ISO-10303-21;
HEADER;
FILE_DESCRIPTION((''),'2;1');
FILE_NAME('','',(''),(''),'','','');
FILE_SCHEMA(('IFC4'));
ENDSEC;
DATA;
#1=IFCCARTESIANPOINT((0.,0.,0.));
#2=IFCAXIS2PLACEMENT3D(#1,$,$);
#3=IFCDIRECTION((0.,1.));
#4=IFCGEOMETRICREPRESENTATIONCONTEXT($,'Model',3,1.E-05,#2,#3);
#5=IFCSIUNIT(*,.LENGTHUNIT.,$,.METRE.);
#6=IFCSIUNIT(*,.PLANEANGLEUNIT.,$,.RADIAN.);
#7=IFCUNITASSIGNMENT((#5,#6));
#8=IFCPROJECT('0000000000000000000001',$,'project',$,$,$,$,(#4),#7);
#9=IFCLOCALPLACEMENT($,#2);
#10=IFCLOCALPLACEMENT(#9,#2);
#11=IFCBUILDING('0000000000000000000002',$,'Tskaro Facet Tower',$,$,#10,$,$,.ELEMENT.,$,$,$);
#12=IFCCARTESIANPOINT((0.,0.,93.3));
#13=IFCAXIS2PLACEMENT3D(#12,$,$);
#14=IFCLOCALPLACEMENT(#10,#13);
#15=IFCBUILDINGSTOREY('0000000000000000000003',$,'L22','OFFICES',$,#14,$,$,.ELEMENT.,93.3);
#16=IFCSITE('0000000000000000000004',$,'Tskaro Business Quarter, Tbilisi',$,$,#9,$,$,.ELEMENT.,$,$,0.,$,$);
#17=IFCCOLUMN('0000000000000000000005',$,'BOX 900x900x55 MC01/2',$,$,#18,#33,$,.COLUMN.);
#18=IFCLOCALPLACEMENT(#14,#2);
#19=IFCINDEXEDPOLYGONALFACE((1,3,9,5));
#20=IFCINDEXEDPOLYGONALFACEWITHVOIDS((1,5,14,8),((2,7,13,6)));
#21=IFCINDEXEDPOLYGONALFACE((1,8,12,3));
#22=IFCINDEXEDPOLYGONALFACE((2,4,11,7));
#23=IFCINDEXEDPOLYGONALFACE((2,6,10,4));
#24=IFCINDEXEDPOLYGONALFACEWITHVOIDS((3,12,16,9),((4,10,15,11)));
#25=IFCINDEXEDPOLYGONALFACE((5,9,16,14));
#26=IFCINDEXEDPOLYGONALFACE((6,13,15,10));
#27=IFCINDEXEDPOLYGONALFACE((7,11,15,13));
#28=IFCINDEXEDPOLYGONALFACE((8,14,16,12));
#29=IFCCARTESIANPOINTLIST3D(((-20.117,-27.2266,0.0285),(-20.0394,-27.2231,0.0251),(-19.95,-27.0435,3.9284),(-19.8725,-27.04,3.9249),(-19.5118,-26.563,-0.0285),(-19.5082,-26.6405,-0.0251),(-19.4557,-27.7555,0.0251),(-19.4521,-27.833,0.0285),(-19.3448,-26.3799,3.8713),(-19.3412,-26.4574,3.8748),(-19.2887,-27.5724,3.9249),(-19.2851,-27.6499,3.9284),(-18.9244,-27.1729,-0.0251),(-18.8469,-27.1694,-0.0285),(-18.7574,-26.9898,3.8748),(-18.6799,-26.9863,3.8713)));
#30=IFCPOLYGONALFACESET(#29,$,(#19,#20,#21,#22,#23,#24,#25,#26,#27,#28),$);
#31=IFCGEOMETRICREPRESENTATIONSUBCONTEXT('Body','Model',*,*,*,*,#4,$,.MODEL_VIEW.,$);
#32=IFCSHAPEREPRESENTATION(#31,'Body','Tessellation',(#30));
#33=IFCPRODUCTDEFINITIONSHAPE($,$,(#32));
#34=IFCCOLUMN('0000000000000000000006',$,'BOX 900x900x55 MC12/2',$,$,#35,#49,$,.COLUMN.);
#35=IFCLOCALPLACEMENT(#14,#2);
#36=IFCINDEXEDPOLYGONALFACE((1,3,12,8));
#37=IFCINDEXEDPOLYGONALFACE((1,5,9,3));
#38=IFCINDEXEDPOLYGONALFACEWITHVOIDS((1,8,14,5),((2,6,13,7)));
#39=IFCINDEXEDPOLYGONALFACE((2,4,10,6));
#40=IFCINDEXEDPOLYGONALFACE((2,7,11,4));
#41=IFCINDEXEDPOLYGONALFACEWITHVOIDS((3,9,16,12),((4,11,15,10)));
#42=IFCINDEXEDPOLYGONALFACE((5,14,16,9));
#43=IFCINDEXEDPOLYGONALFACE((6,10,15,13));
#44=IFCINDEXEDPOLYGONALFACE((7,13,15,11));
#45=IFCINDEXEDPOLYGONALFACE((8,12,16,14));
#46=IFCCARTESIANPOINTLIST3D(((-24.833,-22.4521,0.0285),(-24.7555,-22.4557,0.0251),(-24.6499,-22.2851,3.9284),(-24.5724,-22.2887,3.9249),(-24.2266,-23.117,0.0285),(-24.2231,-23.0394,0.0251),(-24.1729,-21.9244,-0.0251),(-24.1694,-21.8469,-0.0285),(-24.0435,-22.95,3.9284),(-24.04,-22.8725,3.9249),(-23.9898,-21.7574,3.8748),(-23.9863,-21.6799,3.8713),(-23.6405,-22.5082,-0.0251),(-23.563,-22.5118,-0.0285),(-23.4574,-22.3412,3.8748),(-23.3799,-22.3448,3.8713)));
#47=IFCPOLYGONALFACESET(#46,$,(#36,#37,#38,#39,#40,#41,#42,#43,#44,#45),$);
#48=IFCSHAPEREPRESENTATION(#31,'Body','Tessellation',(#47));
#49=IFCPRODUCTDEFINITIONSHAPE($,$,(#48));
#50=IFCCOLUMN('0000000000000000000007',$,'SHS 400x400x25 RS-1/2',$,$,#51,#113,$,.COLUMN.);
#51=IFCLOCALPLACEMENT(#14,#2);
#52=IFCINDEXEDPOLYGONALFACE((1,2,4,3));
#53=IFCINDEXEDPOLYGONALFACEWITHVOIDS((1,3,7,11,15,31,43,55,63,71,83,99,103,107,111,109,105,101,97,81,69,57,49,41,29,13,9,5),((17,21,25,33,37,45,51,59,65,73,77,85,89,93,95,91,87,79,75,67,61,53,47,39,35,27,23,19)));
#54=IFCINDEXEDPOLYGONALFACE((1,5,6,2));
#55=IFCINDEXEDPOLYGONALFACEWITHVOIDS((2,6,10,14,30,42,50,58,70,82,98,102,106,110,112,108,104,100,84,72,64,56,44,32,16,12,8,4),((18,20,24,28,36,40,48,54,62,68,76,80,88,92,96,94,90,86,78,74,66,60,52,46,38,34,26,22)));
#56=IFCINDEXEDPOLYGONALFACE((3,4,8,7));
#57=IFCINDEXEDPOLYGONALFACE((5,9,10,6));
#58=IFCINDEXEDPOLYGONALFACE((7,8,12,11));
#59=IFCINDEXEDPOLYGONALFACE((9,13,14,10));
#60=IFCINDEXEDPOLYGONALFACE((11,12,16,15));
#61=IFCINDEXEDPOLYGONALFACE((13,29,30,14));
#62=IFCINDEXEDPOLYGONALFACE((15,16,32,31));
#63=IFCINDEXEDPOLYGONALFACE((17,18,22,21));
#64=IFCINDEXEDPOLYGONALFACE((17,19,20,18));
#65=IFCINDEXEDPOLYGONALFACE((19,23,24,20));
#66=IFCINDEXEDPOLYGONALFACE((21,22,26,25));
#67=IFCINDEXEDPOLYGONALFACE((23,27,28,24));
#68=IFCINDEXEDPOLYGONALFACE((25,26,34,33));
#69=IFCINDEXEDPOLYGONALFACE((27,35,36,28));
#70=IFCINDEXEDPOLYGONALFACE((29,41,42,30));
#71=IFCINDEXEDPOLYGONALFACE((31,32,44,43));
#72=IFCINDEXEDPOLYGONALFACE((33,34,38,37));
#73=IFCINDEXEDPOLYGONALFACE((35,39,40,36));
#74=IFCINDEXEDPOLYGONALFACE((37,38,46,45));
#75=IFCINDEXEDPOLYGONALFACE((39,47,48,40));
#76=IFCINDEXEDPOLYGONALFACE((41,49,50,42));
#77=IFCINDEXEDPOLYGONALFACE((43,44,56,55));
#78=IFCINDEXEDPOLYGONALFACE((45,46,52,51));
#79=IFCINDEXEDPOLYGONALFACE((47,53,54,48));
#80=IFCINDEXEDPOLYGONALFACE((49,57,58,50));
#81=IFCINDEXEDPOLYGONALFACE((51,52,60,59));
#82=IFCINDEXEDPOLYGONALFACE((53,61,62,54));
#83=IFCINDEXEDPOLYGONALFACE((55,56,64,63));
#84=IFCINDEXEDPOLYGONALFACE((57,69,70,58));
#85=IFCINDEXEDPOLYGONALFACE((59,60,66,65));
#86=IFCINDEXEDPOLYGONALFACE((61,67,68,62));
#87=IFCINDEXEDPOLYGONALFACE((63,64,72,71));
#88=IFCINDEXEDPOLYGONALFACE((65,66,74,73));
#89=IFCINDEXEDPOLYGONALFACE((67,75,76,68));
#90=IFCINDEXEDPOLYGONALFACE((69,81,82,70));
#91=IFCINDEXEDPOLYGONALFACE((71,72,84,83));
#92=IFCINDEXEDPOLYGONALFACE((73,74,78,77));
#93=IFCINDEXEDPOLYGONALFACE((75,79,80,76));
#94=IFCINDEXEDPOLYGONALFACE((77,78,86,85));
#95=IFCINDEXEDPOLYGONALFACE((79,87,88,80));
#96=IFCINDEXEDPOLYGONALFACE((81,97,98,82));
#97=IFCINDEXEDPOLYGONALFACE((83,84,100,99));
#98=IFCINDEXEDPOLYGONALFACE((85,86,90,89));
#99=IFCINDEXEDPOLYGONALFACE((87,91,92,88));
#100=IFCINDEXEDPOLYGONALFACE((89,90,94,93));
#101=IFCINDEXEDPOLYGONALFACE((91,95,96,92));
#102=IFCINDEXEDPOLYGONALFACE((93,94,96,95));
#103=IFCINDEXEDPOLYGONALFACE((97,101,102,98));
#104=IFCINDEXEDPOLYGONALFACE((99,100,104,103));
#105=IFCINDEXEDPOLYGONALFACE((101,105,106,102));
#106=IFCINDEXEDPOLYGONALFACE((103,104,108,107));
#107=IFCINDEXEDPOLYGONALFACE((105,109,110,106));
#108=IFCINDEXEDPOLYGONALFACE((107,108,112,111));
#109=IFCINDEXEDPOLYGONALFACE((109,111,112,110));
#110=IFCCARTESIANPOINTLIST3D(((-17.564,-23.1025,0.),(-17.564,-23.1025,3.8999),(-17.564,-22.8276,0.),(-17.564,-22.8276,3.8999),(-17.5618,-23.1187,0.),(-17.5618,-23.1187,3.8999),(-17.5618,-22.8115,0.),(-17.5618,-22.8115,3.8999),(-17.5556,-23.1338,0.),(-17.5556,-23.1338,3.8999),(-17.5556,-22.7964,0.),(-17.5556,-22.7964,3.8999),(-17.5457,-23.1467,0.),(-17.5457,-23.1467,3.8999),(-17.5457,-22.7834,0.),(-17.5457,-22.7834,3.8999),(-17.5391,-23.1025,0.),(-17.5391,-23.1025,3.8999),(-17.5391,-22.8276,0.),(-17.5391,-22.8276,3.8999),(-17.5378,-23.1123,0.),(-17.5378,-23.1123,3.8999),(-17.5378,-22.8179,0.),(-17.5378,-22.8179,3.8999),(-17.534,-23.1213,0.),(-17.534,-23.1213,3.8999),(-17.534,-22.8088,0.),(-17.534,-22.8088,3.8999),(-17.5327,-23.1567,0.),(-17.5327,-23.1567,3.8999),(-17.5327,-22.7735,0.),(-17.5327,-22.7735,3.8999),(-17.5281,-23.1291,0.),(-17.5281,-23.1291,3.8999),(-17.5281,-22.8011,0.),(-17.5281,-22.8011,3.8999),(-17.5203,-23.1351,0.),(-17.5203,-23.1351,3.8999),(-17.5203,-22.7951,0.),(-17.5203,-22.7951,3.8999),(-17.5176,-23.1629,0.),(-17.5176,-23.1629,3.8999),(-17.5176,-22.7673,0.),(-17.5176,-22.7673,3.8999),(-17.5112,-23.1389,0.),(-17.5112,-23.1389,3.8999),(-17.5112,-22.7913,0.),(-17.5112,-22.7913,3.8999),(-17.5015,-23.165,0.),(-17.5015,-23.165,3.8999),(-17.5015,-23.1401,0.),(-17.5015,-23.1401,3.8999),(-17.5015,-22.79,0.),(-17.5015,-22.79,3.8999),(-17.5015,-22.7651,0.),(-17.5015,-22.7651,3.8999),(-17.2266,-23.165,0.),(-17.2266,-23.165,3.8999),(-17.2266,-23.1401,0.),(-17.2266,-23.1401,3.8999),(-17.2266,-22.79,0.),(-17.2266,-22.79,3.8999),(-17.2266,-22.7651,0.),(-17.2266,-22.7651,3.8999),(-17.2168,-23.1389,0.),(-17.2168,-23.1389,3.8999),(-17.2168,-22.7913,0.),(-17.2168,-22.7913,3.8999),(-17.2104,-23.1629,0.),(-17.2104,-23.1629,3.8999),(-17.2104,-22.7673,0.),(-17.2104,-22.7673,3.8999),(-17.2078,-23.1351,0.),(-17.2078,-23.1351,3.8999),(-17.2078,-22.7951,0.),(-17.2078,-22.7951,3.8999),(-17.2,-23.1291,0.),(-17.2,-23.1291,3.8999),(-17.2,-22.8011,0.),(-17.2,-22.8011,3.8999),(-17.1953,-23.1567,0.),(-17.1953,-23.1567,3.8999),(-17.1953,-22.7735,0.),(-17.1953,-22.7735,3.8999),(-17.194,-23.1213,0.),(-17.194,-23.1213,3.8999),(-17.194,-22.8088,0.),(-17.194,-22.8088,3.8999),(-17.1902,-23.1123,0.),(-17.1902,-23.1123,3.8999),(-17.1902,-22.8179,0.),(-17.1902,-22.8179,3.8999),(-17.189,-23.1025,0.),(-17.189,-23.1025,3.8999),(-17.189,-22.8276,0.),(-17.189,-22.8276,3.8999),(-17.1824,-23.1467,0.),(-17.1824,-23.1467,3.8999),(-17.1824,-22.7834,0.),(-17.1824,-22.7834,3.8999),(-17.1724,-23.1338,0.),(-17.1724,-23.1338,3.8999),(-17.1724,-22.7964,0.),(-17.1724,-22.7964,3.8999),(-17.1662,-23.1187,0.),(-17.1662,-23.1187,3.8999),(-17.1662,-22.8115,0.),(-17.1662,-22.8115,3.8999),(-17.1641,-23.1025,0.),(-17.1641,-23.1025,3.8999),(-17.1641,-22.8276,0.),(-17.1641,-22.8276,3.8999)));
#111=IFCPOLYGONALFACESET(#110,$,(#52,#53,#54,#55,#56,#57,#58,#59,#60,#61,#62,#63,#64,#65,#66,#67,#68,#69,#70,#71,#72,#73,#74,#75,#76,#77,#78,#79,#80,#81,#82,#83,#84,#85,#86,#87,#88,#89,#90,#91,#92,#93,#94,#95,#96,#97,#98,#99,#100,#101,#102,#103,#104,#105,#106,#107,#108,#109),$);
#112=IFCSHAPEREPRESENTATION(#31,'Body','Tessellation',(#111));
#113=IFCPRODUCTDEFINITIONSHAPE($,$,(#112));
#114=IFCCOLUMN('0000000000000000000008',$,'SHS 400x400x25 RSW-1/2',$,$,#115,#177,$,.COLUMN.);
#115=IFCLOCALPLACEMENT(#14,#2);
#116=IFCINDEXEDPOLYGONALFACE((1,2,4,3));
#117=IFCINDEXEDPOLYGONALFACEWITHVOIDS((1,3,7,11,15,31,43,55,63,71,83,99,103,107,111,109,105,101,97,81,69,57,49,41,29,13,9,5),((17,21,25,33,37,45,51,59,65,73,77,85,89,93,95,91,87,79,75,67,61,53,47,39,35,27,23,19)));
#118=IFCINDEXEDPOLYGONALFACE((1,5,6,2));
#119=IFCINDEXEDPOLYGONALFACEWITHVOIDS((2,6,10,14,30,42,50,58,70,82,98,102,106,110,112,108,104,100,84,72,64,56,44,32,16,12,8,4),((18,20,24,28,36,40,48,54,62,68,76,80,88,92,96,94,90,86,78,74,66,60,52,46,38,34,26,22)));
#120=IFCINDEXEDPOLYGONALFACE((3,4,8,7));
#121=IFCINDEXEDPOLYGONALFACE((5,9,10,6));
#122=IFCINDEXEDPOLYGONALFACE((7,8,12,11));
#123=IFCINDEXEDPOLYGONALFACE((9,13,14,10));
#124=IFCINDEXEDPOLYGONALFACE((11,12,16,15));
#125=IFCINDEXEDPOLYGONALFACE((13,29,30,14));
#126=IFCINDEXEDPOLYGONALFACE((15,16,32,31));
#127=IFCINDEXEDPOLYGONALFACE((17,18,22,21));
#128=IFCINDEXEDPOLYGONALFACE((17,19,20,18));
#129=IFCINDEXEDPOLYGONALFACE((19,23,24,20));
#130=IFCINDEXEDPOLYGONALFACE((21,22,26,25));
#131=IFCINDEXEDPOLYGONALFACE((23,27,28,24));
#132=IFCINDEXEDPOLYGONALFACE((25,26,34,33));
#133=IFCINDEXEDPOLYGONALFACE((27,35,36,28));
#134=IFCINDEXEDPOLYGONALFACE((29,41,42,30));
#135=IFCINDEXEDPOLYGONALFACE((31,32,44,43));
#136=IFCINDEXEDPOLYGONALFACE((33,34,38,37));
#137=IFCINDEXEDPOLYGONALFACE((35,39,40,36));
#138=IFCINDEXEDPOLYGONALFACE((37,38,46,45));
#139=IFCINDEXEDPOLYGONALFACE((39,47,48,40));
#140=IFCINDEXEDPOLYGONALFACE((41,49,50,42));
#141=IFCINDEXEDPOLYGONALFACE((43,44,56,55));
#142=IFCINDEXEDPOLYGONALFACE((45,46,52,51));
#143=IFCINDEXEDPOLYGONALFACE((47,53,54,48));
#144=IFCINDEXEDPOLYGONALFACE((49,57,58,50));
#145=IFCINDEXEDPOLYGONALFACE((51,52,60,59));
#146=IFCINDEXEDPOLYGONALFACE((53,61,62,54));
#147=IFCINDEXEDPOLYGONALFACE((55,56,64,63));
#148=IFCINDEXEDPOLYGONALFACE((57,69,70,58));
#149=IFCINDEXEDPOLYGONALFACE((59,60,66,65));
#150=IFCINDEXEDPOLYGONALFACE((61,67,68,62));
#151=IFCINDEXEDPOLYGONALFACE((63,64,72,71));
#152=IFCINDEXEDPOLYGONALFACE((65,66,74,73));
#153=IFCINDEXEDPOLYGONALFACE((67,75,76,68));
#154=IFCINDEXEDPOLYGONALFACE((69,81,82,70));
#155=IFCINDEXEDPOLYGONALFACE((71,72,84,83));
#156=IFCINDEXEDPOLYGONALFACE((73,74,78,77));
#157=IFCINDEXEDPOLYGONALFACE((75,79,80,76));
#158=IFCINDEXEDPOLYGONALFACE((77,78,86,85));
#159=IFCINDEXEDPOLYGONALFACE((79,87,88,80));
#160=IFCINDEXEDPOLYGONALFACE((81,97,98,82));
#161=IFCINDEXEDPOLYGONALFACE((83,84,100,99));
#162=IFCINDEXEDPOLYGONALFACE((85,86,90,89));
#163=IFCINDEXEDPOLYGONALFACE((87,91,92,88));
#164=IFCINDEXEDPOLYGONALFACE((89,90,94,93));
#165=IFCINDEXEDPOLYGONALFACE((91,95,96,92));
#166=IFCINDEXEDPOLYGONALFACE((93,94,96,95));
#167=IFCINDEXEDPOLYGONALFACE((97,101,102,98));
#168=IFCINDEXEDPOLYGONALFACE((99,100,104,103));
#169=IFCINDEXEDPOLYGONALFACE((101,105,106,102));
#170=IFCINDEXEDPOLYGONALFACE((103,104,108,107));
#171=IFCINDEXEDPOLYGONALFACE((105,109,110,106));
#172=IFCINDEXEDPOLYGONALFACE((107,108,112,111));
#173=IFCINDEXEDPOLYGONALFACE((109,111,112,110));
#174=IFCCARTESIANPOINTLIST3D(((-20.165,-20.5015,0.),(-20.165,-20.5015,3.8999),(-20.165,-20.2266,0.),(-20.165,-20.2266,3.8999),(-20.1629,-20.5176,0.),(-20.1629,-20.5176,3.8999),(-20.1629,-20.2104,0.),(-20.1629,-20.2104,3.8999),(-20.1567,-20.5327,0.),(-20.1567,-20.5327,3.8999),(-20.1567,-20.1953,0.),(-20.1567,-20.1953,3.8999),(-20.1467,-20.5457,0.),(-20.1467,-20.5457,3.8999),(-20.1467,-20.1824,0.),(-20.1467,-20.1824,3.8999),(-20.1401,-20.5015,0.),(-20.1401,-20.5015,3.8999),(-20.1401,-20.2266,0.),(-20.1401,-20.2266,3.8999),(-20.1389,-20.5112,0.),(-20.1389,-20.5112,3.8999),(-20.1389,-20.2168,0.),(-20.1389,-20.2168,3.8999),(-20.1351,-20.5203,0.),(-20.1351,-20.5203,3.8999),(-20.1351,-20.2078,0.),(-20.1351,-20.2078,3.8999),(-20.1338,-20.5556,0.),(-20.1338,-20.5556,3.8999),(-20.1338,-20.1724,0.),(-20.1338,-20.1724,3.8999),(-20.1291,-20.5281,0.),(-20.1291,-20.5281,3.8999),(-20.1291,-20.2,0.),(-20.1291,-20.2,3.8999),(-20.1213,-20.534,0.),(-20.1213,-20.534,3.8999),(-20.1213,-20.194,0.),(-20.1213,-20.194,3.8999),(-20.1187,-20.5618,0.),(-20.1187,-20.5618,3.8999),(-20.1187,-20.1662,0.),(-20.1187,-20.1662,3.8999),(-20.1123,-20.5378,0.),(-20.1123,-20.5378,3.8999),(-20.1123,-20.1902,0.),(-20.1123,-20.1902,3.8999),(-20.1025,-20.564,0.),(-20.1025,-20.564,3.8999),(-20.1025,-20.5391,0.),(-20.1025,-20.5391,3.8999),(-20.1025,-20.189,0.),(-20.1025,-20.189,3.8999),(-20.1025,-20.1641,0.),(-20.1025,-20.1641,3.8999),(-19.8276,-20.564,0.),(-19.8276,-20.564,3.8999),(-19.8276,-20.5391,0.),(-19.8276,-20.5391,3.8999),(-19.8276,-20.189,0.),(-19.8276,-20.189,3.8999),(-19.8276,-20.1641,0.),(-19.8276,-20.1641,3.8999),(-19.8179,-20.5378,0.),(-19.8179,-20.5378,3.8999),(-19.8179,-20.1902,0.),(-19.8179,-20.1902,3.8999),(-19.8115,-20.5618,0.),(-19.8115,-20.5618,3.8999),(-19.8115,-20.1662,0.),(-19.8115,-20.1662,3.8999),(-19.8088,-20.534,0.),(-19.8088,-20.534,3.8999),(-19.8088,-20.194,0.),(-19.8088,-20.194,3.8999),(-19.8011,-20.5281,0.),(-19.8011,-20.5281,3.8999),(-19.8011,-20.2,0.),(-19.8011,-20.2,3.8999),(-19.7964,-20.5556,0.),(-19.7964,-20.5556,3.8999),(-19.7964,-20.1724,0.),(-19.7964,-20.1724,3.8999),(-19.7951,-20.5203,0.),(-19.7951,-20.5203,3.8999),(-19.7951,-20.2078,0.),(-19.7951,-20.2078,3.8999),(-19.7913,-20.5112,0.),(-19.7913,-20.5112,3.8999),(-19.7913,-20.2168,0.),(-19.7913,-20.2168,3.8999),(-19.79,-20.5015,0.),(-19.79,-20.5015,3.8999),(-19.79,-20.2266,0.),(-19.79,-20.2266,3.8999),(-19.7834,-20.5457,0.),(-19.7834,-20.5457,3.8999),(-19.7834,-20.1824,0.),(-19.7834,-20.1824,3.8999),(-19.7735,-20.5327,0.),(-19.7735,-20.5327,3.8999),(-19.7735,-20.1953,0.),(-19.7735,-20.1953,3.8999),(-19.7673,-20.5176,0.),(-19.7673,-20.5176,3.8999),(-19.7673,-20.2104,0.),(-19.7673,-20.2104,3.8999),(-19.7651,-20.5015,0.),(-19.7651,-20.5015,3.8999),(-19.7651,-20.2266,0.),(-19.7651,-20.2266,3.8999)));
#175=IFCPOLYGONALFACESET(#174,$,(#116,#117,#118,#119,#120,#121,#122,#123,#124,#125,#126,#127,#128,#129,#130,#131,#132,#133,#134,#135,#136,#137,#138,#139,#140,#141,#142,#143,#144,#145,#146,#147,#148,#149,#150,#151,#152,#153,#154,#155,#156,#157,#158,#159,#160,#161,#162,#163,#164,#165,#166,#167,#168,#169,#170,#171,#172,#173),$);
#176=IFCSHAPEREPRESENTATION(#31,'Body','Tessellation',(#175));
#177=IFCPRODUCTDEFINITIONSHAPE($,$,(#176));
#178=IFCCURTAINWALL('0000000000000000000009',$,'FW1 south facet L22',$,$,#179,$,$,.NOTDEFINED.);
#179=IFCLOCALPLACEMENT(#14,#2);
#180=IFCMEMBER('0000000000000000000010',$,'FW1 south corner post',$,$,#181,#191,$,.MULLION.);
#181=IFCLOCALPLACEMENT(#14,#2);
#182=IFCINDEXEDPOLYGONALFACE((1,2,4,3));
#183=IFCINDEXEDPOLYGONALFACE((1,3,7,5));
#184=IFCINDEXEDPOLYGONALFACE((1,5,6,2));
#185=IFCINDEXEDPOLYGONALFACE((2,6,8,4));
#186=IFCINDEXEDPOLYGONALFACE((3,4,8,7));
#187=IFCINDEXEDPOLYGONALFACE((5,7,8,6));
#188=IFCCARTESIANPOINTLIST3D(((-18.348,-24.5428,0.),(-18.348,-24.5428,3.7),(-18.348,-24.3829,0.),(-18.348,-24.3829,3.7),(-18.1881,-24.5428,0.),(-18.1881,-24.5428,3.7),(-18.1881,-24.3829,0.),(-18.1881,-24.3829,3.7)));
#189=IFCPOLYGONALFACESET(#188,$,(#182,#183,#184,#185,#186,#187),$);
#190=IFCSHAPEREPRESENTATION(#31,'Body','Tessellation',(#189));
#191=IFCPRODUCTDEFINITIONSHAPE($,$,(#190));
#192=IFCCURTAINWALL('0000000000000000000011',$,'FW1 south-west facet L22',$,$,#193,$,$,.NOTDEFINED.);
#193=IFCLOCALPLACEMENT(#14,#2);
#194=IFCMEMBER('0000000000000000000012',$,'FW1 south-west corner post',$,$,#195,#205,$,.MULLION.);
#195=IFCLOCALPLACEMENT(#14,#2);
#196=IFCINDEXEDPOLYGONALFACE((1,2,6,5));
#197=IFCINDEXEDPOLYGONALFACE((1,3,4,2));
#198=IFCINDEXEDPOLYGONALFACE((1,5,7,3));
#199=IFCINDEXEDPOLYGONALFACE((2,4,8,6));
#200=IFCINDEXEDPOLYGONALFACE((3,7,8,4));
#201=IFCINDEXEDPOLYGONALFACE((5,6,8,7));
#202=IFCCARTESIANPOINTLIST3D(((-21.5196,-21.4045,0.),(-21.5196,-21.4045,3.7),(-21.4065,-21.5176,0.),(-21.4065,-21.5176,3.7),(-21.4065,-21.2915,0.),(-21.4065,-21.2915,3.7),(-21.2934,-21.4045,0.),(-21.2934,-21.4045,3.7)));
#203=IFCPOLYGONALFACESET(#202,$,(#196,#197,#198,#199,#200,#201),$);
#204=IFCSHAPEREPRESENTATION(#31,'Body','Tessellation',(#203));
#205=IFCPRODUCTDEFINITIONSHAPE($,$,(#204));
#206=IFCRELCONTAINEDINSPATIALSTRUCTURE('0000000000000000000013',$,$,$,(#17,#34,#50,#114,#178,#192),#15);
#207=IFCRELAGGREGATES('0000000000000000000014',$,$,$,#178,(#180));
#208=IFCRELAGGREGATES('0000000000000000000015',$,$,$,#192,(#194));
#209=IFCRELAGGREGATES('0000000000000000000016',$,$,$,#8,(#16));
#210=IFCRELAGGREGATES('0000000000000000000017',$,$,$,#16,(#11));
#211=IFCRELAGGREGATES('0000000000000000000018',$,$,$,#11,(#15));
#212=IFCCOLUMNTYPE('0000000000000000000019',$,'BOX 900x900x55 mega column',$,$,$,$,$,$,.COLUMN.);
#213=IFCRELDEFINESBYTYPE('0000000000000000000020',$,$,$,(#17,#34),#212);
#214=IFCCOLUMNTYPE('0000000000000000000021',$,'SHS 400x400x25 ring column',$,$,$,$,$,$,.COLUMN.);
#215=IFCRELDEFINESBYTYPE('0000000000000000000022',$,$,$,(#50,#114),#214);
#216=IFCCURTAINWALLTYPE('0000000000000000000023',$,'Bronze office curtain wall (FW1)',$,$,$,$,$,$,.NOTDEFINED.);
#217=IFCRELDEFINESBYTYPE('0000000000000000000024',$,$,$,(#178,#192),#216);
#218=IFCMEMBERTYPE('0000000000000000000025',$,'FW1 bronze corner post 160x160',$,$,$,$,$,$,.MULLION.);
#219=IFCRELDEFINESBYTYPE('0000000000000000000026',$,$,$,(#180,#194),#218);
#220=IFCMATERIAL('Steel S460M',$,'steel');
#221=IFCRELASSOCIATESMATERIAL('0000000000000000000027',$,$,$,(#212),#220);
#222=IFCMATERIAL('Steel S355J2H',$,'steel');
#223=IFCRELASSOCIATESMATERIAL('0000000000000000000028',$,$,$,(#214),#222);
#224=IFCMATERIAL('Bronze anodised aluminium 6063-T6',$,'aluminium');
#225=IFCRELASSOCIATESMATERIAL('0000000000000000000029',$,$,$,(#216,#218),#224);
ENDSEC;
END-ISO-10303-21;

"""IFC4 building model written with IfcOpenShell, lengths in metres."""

from ifc_helpers import new_model, si_unit, direction, frame, origin, origin_2d, place, context, subcontext, project, spatial, rectangle, hollow_rectangle, extrude, material, material_profile, profile_set, type_object, element, aggregate, save


model = new_model("IFC4")

# Units and contexts
model_context = context("Model", 3, precision=1e-05, world=origin(), true_north=direction((0.0, 1.0)))
body_context = subcontext(model_context, "Body", "Model", "MODEL_VIEW")
ifc_project = project(units=[si_unit("LENGTHUNIT", "METRE"), si_unit("PLANEANGLEUNIT", "RADIAN")], contexts=[model_context])

# Site, building, storey
site_placement = place(None, origin())
site = spatial("IfcSite", under=ifc_project, at=site_placement, Name="Tskaro Business Quarter, Tbilisi", CompositionType="ELEMENT", RefElevation=0.0)
building_placement = place(site_placement, origin())
building = spatial("IfcBuilding", under=site, at=building_placement, Name="Tskaro Facet Tower", CompositionType="ELEMENT")
storey_placement = place(building_placement, frame((0.0, 0.0, 93.3)))
storey = spatial("IfcBuildingStorey", under=building, at=storey_placement, Name="L22", Description="OFFICES", CompositionType="ELEMENT", Elevation=93.3)

# Columns
ifc_material_1 = material(Name="Steel S460M", Category="steel")
ifc_material_profile_1 = material_profile(ifc_material_1, hollow_rectangle(XDim=0.8999, YDim=0.8999, WallThickness=0.0549, at=origin_2d()), Name="BOX 900x900x55")
ifc_profile_set_1 = profile_set([ifc_material_profile_1], Name="Steel S460M")
column_type_1 = type_object("IfcColumnType", Name="BOX 900x900x55 mega column", PredefinedType="COLUMN", material=ifc_profile_set_1)
for number, where, z_axis, x_axis, name in (
    (1, (-19.4819, -27.198, 0.0), (0.042733, 0.046857, 0.997987), (-0.738869, 0.673849, 0.0), "BOX 900x900x55 MC01/2"),
    (2, (-24.198, -22.4819, 0.0), (0.046857, 0.042733, 0.997987), (-0.673849, 0.738869, 0.0), "BOX 900x900x55 MC12/2"),
):
    element("IfcColumn", number, at=place(storey_placement, frame(where, z_axis=z_axis, x_axis=x_axis)), inside=storey, type_object=column_type_1, Name=name, PredefinedType="COLUMN", context=body_context, shape_type="SweptSolid", body=[
        extrude(hollow_rectangle(XDim=0.8999, YDim=0.8999, WallThickness=0.0549, at=origin_2d()), origin(), (0.0, 0.0, 1.0), 3.9077),
    ])
ifc_material_2 = material(Name="Steel S355J2H", Category="steel")
ifc_material_profile_2 = material_profile(ifc_material_2, hollow_rectangle(XDim=0.3999, YDim=0.3999, WallThickness=0.0249, InnerFilletRadius=0.0376, OuterFilletRadius=0.0625, at=origin_2d()), Name="SHS 400x400x25")
ifc_profile_set_2 = profile_set([ifc_material_profile_2], Name="Steel S355J2H")
column_type_2 = type_object("IfcColumnType", Name="SHS 400x400x25 ring column", PredefinedType="COLUMN", material=ifc_profile_set_2)
for number, where, z_axis, x_axis, name in (
    (3, (-17.364, -22.9651, 0.0), (0.0, 0.0, 1.0), (1.0, 0.0, 0.0), "SHS 400x400x25 RS-1/2"),
    (4, (-19.9651, -20.364, 0.0), (0.0, 0.0, 1.0), (1.0, 0.0, 0.0), "SHS 400x400x25 RSW-1/2"),
):
    element("IfcColumn", number, at=place(storey_placement, frame(where, z_axis=z_axis, x_axis=x_axis)), inside=storey, type_object=column_type_2, Name=name, PredefinedType="COLUMN", context=body_context, shape_type="SweptSolid", body=[
        extrude(hollow_rectangle(XDim=0.3999, YDim=0.3999, WallThickness=0.0249, InnerFilletRadius=0.0376, OuterFilletRadius=0.0625, at=origin_2d()), origin(), (0.0, 0.0, 1.0), 3.8999),
    ])

# Curtain walls, members
ifc_material_3 = material(Name="Bronze anodised aluminium 6063-T6", Category="aluminium")
curtain_wall_type = type_object("IfcCurtainWallType", Name="Bronze office curtain wall (FW1)", PredefinedType="NOTDEFINED", material=ifc_material_3)
curtain_wall_1_placement = place(storey_placement, origin())
curtain_wall_1 = element("IfcCurtainWall", 5, at=curtain_wall_1_placement, inside=storey, type_object=curtain_wall_type, Name="FW1 south facet L22", PredefinedType="NOTDEFINED")
ifc_material_profile_3 = material_profile(ifc_material_3, rectangle(XDim=0.1599, YDim=0.1599, at=origin_2d()), Name="Corner post 160x160")
ifc_profile_set_3 = profile_set([ifc_material_profile_3], Name="Bronze anodised aluminium 6063-T6")
member_type_1 = type_object("IfcMemberType", Name="FW1 bronze corner post 160x160", PredefinedType="MULLION", material=ifc_profile_set_3)
member_1_placement = place(storey_placement, frame((-18.2681, -24.4629, 0.0), z_axis=(0.0, 0.0, 1.0), x_axis=(1.0, 0.0, 0.0)))
member_1 = element("IfcMember", 6, at=member_1_placement, type_object=member_type_1, Name="FW1 south corner post", PredefinedType="MULLION", context=body_context, shape_type="SweptSolid", body=[
    extrude(rectangle(XDim=0.1599, YDim=0.1599, at=origin_2d()), origin(), (0.0, 0.0, 1.0), 3.7),
])
curtain_wall_2_placement = place(storey_placement, origin())
curtain_wall_2 = element("IfcCurtainWall", 7, at=curtain_wall_2_placement, inside=storey, type_object=curtain_wall_type, Name="FW1 south-west facet L22", PredefinedType="NOTDEFINED")
member_2_placement = place(storey_placement, frame((-21.4065, -21.4045, 0.0), z_axis=(0.0, 0.0, 1.0), x_axis=(0.707107, -0.707107, 0.0)))
member_2 = element("IfcMember", 8, at=member_2_placement, type_object=member_type_1, Name="FW1 south-west corner post", PredefinedType="MULLION", context=body_context, shape_type="SweptSolid", body=[
    extrude(rectangle(XDim=0.1599, YDim=0.1599, at=origin_2d()), origin(), (0.0, 0.0, 1.0), 3.7),
])

aggregate(curtain_wall_1, [member_1])
aggregate(curtain_wall_2, [member_2])

save(model, "model.ifc")
